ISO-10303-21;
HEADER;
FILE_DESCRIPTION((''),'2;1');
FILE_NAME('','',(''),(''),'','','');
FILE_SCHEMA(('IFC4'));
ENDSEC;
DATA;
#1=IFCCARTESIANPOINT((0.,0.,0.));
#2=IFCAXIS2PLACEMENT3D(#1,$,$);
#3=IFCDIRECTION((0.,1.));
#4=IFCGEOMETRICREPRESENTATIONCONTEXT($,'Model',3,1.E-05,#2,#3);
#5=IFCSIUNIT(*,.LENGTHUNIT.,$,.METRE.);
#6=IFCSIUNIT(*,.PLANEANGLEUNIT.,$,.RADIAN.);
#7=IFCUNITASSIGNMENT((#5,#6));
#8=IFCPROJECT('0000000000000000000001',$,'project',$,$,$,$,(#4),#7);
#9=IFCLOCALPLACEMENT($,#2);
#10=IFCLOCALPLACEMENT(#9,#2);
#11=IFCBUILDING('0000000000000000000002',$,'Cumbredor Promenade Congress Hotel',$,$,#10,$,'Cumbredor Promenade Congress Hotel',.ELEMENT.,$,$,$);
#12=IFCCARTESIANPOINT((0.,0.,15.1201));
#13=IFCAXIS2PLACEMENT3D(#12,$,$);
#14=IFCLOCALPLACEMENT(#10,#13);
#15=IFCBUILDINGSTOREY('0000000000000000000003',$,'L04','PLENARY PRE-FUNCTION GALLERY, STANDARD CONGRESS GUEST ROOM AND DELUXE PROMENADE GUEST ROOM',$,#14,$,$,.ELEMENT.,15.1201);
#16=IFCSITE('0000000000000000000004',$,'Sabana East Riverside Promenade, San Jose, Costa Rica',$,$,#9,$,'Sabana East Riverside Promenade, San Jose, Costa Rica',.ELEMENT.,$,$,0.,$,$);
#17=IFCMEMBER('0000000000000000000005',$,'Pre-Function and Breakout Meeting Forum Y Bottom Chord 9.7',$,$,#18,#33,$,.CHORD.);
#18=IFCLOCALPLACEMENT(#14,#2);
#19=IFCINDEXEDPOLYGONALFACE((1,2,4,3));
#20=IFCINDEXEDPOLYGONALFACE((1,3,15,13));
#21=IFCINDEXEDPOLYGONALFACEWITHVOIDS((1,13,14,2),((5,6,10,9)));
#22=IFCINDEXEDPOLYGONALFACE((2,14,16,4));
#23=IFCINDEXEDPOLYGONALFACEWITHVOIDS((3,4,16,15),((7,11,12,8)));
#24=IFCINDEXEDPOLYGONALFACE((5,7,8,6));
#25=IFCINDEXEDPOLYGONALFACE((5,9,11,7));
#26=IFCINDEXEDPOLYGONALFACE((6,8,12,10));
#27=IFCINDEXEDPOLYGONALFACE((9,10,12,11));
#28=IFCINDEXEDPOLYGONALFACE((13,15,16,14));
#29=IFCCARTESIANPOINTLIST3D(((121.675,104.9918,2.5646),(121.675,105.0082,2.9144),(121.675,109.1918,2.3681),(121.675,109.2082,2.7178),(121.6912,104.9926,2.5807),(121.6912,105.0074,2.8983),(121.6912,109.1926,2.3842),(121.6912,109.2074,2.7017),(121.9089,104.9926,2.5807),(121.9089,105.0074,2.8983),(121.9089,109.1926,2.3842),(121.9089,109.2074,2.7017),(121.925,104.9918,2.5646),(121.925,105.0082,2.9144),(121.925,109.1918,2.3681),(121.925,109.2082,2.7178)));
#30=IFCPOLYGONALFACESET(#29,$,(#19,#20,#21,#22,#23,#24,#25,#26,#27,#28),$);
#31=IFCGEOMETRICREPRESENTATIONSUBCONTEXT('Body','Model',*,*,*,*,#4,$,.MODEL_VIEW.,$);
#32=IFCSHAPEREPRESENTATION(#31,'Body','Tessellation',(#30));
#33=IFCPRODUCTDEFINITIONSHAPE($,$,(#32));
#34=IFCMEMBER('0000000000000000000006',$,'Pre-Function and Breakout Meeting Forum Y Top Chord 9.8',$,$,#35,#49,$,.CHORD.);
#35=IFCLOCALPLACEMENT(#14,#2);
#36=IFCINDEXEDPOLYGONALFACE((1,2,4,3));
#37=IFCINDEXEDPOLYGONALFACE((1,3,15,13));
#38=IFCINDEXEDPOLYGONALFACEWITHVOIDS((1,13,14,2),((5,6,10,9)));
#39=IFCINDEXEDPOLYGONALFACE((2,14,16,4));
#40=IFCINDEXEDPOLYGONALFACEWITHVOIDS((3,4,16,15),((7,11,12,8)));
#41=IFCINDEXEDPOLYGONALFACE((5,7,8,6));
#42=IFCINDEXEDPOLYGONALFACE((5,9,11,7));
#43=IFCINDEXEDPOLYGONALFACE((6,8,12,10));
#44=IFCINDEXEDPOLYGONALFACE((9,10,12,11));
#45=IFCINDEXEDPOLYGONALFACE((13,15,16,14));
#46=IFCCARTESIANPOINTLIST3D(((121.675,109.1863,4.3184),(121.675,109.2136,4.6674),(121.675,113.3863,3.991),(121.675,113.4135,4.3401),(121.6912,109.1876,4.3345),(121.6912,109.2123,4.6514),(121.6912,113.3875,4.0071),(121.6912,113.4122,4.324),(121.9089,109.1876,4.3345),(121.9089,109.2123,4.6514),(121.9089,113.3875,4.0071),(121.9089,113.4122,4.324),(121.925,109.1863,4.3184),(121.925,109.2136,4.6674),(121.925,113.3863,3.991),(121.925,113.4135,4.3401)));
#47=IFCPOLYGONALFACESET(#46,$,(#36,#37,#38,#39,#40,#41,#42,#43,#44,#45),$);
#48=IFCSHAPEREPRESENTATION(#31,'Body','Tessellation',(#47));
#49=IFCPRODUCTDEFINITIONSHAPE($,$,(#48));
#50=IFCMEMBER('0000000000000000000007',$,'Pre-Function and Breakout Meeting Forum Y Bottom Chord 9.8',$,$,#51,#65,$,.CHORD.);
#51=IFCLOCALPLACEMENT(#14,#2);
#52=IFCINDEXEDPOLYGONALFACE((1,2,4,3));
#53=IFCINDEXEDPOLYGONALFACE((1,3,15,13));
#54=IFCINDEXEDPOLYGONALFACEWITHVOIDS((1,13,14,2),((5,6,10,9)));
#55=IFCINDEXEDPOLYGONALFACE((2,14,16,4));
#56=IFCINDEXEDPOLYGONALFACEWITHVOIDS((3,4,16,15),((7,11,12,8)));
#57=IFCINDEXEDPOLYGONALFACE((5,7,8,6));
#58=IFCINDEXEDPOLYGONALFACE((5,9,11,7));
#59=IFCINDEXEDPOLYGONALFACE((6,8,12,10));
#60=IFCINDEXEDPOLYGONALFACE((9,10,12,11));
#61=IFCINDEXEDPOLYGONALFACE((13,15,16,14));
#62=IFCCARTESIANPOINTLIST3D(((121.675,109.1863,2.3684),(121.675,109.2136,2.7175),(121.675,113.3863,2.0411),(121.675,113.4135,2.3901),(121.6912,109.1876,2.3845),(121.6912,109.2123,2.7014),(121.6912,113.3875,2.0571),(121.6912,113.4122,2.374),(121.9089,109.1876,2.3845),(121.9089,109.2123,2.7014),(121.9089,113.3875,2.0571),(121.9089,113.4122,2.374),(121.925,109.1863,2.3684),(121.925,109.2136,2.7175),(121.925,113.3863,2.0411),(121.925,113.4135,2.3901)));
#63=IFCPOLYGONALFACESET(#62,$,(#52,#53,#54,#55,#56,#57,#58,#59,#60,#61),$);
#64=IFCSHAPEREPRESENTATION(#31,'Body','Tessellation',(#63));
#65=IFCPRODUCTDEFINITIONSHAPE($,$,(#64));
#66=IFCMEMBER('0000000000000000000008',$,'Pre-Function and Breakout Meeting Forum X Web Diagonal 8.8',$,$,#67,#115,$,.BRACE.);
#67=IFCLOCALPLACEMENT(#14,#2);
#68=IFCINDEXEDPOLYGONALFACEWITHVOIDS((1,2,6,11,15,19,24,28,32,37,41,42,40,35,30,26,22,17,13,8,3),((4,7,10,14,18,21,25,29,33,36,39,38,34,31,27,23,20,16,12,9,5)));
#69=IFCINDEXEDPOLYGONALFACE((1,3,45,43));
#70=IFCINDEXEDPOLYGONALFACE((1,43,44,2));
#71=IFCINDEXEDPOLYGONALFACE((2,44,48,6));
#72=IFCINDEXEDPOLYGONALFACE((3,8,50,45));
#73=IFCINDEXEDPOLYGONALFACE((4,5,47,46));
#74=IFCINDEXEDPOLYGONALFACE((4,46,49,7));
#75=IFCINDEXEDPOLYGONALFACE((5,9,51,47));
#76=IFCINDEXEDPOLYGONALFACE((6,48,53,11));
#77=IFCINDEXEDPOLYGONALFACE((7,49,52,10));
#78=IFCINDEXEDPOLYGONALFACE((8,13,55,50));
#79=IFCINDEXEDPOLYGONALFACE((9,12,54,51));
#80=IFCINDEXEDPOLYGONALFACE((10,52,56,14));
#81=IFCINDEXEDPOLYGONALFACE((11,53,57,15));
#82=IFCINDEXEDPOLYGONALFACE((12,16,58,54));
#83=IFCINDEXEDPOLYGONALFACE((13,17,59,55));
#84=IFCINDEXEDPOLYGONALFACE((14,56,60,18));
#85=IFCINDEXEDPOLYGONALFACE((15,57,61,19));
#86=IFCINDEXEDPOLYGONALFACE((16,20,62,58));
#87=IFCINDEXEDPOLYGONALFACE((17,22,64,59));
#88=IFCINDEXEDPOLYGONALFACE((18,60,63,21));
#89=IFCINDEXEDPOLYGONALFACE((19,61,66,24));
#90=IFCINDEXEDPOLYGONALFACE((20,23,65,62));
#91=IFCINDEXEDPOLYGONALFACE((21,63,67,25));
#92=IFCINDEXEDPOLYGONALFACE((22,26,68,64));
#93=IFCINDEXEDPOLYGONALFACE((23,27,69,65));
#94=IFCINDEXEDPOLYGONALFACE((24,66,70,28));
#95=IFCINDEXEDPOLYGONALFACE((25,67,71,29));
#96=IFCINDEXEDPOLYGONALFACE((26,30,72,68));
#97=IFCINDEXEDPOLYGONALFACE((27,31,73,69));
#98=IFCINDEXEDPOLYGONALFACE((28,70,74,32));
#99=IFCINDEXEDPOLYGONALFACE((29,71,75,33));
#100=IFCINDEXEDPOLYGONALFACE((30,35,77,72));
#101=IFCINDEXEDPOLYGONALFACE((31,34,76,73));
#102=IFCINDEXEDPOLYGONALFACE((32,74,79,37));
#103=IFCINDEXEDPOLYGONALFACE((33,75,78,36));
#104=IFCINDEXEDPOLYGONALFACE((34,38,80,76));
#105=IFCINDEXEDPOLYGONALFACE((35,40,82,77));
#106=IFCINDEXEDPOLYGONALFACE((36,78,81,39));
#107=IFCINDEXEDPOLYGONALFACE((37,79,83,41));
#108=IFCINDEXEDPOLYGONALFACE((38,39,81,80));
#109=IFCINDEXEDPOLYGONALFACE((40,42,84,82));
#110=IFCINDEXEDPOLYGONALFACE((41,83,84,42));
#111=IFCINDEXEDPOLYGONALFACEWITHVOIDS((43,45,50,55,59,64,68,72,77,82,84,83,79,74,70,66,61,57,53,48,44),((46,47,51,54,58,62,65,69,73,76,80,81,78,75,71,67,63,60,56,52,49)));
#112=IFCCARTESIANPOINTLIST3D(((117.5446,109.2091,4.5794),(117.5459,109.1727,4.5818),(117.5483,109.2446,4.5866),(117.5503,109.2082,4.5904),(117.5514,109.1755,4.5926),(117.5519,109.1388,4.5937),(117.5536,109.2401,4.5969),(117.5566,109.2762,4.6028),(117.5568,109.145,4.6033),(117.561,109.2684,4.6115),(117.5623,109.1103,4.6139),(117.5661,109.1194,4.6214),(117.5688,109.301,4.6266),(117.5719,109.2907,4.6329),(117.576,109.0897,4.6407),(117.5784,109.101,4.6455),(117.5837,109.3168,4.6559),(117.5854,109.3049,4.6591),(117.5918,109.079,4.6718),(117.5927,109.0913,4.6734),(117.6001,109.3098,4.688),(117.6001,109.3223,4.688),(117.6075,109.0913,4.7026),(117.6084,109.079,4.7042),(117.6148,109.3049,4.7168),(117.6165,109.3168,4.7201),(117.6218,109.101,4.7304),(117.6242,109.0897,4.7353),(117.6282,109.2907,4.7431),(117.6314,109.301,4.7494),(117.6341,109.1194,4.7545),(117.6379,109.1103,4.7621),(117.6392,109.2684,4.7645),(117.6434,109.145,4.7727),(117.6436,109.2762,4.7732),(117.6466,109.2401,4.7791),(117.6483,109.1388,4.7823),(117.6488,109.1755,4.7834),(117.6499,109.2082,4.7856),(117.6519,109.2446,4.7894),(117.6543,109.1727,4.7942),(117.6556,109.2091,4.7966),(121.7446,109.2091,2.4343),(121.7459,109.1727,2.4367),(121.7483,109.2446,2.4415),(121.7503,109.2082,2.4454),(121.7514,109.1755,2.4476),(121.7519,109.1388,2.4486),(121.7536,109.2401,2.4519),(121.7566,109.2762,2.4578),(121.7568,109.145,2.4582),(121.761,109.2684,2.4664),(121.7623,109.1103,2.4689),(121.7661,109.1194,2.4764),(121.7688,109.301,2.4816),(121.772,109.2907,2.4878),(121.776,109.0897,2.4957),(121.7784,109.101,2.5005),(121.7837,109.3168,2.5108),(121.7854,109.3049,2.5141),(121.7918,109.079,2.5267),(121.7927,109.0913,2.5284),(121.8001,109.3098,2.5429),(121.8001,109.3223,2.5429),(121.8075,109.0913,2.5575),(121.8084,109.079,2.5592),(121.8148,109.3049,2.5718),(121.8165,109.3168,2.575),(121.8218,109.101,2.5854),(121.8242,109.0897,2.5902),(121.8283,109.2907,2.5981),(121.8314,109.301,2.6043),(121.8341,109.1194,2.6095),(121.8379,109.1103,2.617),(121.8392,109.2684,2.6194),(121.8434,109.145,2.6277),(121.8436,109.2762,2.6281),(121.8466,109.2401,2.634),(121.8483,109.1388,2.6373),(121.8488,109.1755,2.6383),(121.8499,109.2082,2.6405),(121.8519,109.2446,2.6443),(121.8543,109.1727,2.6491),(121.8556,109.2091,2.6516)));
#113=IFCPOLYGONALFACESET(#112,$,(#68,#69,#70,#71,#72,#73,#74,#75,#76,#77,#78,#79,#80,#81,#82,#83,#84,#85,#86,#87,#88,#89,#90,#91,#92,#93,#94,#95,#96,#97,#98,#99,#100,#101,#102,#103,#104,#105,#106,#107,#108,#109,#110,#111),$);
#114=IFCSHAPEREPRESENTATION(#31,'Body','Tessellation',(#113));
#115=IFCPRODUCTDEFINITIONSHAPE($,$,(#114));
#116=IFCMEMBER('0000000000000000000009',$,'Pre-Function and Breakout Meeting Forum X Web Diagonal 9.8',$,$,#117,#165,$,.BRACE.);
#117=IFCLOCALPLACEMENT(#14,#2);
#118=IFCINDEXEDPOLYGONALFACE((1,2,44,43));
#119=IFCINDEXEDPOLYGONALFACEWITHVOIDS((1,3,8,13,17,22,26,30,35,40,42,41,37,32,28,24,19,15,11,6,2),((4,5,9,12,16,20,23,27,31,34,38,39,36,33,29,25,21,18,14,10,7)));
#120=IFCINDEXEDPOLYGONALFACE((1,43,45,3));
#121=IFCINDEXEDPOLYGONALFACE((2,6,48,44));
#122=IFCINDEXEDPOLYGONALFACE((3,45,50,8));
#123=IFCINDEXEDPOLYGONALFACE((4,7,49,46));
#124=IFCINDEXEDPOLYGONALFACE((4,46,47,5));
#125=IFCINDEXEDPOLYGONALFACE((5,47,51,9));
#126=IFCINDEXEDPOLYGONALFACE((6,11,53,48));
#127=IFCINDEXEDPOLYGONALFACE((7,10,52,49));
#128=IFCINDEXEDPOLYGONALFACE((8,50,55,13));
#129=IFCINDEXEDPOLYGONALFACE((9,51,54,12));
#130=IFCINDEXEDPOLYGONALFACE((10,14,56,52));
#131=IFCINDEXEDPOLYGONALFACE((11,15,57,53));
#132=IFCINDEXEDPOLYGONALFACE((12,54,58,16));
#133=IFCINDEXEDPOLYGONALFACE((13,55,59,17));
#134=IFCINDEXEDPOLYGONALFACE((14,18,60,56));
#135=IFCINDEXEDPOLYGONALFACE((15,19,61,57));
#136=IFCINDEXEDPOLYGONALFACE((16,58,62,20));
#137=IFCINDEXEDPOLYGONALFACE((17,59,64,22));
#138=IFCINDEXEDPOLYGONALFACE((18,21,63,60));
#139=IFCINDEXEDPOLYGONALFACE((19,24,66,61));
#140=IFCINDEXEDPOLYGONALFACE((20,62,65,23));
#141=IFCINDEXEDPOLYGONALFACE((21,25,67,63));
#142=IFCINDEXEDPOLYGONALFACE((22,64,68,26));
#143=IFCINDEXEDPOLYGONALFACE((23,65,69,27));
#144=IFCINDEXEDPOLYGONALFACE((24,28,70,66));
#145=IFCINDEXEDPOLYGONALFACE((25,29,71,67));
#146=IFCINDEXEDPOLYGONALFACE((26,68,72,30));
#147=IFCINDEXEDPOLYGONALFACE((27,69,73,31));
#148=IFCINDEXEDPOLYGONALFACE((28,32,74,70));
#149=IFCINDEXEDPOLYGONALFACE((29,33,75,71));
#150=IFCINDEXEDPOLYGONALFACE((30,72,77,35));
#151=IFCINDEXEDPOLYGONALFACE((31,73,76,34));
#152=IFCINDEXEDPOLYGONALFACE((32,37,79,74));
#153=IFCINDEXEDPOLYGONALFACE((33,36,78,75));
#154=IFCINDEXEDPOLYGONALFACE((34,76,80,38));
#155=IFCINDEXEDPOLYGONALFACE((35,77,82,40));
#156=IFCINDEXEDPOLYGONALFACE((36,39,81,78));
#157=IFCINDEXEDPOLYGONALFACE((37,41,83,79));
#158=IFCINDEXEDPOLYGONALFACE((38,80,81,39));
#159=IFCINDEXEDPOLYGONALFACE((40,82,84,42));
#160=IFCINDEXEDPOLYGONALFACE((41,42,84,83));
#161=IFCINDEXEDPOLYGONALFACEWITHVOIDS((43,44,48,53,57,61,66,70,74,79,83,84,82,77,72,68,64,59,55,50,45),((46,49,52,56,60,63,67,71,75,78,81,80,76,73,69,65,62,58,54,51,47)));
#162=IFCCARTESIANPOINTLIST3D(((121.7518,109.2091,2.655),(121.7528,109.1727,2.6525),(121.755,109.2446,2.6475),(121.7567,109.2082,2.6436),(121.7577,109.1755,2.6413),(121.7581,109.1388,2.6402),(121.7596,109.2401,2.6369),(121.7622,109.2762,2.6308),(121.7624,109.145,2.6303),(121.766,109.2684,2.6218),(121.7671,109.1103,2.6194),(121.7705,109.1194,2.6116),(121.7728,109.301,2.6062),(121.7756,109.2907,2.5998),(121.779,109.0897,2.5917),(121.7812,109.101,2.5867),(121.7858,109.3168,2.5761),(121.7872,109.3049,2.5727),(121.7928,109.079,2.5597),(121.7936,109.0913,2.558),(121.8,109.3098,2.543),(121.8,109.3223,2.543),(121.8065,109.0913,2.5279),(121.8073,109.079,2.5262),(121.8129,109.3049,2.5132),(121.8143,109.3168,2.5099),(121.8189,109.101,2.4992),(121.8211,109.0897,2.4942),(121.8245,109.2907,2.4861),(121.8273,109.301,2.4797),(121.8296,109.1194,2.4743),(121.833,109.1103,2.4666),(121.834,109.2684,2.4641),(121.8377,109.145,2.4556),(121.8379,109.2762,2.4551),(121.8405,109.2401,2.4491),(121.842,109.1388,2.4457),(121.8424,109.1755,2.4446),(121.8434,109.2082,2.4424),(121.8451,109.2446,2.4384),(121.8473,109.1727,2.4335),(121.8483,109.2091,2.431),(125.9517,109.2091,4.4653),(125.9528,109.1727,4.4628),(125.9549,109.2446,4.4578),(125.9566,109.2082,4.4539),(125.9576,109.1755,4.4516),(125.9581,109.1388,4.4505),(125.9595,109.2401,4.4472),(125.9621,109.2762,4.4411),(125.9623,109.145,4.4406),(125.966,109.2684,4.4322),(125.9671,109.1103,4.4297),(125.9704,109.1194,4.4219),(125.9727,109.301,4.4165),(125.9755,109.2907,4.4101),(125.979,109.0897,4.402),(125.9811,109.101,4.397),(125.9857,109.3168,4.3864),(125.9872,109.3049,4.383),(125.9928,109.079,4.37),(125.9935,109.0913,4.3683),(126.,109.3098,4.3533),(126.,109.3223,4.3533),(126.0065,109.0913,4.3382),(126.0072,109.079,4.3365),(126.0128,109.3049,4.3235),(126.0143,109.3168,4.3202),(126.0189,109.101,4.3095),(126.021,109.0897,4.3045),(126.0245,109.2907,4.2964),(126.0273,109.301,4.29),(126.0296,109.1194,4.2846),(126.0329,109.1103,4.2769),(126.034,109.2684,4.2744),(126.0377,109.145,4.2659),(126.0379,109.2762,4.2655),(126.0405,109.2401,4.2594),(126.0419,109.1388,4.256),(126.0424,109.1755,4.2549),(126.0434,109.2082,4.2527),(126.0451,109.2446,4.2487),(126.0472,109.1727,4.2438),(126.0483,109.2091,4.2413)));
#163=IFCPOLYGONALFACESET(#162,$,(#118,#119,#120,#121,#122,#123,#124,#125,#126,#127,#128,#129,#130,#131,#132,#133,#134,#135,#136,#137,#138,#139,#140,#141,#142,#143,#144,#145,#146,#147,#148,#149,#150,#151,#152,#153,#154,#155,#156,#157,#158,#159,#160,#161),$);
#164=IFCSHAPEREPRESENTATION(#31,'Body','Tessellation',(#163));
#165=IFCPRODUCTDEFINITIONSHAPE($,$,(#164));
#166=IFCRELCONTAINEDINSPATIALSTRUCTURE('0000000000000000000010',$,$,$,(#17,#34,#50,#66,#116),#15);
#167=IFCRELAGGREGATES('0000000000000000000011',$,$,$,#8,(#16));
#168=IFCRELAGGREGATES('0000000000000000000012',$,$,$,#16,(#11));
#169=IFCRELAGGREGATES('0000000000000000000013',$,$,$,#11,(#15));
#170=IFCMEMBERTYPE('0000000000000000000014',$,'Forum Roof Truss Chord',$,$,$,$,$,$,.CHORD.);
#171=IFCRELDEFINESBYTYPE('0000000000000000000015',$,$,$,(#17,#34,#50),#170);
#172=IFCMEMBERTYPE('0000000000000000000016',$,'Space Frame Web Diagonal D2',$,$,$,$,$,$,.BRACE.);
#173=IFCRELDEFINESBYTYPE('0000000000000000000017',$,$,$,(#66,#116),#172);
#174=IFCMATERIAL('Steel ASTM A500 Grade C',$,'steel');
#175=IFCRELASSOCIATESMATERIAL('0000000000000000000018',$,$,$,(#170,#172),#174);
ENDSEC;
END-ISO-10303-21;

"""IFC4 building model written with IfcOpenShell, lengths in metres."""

from ifc_helpers import new_model, si_unit, direction, frame, origin, origin_2d, place, context, subcontext, project, spatial, hollow_rectangle, hollow_circle, extrude, material, material_profile, profile_set, type_object, element, save


model = new_model("IFC4")

# Units and contexts
model_context = context("Model", 3, precision=1e-05, world=origin(), true_north=direction((0.0, 1.0)))
body_context = subcontext(model_context, "Body", "Model", "MODEL_VIEW")
ifc_project = project(units=[si_unit("LENGTHUNIT", "METRE"), si_unit("PLANEANGLEUNIT", "RADIAN")], contexts=[model_context])

# Site, building, storey
site_placement = place(None, origin())
site = spatial("IfcSite", under=ifc_project, at=site_placement, Name="Sabana East Riverside Promenade, San Jose, Costa Rica", LongName="Sabana East Riverside Promenade, San Jose, Costa Rica", CompositionType="ELEMENT", RefElevation=0.0)
building_placement = place(site_placement, origin())
building = spatial("IfcBuilding", under=site, at=building_placement, Name="Cumbredor Promenade Congress Hotel", LongName="Cumbredor Promenade Congress Hotel", CompositionType="ELEMENT")
storey_placement = place(building_placement, frame((0.0, 0.0, 15.1201)))
storey = spatial("IfcBuildingStorey", under=building, at=storey_placement, Name="L04", Description="PLENARY PRE-FUNCTION GALLERY, STANDARD CONGRESS GUEST ROOM AND DELUXE PROMENADE GUEST ROOM", CompositionType="ELEMENT", Elevation=15.1201)

# Members
ifc_material_1 = material(Name="Steel ASTM A500 Grade C", Category="steel")
ifc_material_profile_1 = material_profile(ifc_material_1, hollow_rectangle(XDim=0.25, YDim=0.3501, WallThickness=0.0161, at=origin_2d()), Name="HSS 350x250x16")
ifc_profile_set_1 = profile_set([ifc_material_profile_1], Name="Steel ASTM A500 Grade C")
member_type_1 = type_object("IfcMemberType", Name="Forum Roof Truss Chord", PredefinedType="CHORD", material=ifc_profile_set_1)
for number, where, z_axis, x_axis, name in (
    (1, (121.8, 105.0, 2.7395), (0.0, 0.998907, -0.046743), (-1.0, 0.0, 0.0), "Pre-Function and Breakout Meeting Forum Y Bottom Chord 9.7"),
):
    element("IfcMember", number, at=place(storey_placement, frame(where, z_axis=z_axis, x_axis=x_axis)), inside=storey, type_object=member_type_1, Name=name, PredefinedType="CHORD", context=body_context, shape_type="SweptSolid", body=[
        extrude(hollow_rectangle(XDim=0.25, YDim=0.3501, WallThickness=0.0161, at=origin_2d()), origin(), (0.0, 0.0, 1.0), 4.2046),
    ])
for number, where, z_axis, x_axis, name in (
    (2, (121.8, 109.2, 4.4929), (0.0, 0.996976, -0.077716), (-1.0, 0.0, 0.0), "Pre-Function and Breakout Meeting Forum Y Top Chord 9.8"),
    (3, (121.8, 109.2, 2.543), (0.0, 0.996976, -0.077716), (-1.0, 0.0, 0.0), "Pre-Function and Breakout Meeting Forum Y Bottom Chord 9.8"),
):
    element("IfcMember", number, at=place(storey_placement, frame(where, z_axis=z_axis, x_axis=x_axis)), inside=storey, type_object=member_type_1, Name=name, PredefinedType="CHORD", context=body_context, shape_type="SweptSolid", body=[
        extrude(hollow_rectangle(XDim=0.25, YDim=0.3501, WallThickness=0.0161, at=origin_2d()), origin(), (0.0, 0.0, 1.0), 4.2126),
    ])
ifc_material_profile_2 = material_profile(ifc_material_1, hollow_circle(Radius=0.1223, WallThickness=0.0125, at=origin_2d()), Name="CHS 244.5x12.5")
ifc_profile_set_2 = profile_set([ifc_material_profile_2], Name="Steel ASTM A500 Grade C")
member_type_2 = type_object("IfcMemberType", Name="Space Frame Web Diagonal D2", PredefinedType="BRACE", material=ifc_profile_set_2)
member_1_placement = place(storey_placement, frame((117.6001, 109.2, 4.688), z_axis=(0.890574, 0.0, -0.454838), x_axis=(0.0, 1.0, 0.0)))
element("IfcMember", 4, at=member_1_placement, inside=storey, type_object=member_type_2, Name="Pre-Function and Breakout Meeting Forum X Web Diagonal 8.8", PredefinedType="BRACE", context=body_context, shape_type="SweptSolid", body=[
    extrude(hollow_circle(Radius=0.1223, WallThickness=0.0125, at=origin_2d()), origin(), (0.0, 0.0, 1.0), 4.7161),
])
member_2_placement = place(storey_placement, frame((121.8, 109.2, 2.543), z_axis=(0.918326, 0.0, 0.395825), x_axis=(0.0, 1.0, 0.0)))
element("IfcMember", 5, at=member_2_placement, inside=storey, type_object=member_type_2, Name="Pre-Function and Breakout Meeting Forum X Web Diagonal 9.8", PredefinedType="BRACE", context=body_context, shape_type="SweptSolid", body=[
    extrude(hollow_circle(Radius=0.1223, WallThickness=0.0125, at=origin_2d()), origin(), (0.0, 0.0, 1.0), 4.5735),
])

save(model, "model.ifc")
